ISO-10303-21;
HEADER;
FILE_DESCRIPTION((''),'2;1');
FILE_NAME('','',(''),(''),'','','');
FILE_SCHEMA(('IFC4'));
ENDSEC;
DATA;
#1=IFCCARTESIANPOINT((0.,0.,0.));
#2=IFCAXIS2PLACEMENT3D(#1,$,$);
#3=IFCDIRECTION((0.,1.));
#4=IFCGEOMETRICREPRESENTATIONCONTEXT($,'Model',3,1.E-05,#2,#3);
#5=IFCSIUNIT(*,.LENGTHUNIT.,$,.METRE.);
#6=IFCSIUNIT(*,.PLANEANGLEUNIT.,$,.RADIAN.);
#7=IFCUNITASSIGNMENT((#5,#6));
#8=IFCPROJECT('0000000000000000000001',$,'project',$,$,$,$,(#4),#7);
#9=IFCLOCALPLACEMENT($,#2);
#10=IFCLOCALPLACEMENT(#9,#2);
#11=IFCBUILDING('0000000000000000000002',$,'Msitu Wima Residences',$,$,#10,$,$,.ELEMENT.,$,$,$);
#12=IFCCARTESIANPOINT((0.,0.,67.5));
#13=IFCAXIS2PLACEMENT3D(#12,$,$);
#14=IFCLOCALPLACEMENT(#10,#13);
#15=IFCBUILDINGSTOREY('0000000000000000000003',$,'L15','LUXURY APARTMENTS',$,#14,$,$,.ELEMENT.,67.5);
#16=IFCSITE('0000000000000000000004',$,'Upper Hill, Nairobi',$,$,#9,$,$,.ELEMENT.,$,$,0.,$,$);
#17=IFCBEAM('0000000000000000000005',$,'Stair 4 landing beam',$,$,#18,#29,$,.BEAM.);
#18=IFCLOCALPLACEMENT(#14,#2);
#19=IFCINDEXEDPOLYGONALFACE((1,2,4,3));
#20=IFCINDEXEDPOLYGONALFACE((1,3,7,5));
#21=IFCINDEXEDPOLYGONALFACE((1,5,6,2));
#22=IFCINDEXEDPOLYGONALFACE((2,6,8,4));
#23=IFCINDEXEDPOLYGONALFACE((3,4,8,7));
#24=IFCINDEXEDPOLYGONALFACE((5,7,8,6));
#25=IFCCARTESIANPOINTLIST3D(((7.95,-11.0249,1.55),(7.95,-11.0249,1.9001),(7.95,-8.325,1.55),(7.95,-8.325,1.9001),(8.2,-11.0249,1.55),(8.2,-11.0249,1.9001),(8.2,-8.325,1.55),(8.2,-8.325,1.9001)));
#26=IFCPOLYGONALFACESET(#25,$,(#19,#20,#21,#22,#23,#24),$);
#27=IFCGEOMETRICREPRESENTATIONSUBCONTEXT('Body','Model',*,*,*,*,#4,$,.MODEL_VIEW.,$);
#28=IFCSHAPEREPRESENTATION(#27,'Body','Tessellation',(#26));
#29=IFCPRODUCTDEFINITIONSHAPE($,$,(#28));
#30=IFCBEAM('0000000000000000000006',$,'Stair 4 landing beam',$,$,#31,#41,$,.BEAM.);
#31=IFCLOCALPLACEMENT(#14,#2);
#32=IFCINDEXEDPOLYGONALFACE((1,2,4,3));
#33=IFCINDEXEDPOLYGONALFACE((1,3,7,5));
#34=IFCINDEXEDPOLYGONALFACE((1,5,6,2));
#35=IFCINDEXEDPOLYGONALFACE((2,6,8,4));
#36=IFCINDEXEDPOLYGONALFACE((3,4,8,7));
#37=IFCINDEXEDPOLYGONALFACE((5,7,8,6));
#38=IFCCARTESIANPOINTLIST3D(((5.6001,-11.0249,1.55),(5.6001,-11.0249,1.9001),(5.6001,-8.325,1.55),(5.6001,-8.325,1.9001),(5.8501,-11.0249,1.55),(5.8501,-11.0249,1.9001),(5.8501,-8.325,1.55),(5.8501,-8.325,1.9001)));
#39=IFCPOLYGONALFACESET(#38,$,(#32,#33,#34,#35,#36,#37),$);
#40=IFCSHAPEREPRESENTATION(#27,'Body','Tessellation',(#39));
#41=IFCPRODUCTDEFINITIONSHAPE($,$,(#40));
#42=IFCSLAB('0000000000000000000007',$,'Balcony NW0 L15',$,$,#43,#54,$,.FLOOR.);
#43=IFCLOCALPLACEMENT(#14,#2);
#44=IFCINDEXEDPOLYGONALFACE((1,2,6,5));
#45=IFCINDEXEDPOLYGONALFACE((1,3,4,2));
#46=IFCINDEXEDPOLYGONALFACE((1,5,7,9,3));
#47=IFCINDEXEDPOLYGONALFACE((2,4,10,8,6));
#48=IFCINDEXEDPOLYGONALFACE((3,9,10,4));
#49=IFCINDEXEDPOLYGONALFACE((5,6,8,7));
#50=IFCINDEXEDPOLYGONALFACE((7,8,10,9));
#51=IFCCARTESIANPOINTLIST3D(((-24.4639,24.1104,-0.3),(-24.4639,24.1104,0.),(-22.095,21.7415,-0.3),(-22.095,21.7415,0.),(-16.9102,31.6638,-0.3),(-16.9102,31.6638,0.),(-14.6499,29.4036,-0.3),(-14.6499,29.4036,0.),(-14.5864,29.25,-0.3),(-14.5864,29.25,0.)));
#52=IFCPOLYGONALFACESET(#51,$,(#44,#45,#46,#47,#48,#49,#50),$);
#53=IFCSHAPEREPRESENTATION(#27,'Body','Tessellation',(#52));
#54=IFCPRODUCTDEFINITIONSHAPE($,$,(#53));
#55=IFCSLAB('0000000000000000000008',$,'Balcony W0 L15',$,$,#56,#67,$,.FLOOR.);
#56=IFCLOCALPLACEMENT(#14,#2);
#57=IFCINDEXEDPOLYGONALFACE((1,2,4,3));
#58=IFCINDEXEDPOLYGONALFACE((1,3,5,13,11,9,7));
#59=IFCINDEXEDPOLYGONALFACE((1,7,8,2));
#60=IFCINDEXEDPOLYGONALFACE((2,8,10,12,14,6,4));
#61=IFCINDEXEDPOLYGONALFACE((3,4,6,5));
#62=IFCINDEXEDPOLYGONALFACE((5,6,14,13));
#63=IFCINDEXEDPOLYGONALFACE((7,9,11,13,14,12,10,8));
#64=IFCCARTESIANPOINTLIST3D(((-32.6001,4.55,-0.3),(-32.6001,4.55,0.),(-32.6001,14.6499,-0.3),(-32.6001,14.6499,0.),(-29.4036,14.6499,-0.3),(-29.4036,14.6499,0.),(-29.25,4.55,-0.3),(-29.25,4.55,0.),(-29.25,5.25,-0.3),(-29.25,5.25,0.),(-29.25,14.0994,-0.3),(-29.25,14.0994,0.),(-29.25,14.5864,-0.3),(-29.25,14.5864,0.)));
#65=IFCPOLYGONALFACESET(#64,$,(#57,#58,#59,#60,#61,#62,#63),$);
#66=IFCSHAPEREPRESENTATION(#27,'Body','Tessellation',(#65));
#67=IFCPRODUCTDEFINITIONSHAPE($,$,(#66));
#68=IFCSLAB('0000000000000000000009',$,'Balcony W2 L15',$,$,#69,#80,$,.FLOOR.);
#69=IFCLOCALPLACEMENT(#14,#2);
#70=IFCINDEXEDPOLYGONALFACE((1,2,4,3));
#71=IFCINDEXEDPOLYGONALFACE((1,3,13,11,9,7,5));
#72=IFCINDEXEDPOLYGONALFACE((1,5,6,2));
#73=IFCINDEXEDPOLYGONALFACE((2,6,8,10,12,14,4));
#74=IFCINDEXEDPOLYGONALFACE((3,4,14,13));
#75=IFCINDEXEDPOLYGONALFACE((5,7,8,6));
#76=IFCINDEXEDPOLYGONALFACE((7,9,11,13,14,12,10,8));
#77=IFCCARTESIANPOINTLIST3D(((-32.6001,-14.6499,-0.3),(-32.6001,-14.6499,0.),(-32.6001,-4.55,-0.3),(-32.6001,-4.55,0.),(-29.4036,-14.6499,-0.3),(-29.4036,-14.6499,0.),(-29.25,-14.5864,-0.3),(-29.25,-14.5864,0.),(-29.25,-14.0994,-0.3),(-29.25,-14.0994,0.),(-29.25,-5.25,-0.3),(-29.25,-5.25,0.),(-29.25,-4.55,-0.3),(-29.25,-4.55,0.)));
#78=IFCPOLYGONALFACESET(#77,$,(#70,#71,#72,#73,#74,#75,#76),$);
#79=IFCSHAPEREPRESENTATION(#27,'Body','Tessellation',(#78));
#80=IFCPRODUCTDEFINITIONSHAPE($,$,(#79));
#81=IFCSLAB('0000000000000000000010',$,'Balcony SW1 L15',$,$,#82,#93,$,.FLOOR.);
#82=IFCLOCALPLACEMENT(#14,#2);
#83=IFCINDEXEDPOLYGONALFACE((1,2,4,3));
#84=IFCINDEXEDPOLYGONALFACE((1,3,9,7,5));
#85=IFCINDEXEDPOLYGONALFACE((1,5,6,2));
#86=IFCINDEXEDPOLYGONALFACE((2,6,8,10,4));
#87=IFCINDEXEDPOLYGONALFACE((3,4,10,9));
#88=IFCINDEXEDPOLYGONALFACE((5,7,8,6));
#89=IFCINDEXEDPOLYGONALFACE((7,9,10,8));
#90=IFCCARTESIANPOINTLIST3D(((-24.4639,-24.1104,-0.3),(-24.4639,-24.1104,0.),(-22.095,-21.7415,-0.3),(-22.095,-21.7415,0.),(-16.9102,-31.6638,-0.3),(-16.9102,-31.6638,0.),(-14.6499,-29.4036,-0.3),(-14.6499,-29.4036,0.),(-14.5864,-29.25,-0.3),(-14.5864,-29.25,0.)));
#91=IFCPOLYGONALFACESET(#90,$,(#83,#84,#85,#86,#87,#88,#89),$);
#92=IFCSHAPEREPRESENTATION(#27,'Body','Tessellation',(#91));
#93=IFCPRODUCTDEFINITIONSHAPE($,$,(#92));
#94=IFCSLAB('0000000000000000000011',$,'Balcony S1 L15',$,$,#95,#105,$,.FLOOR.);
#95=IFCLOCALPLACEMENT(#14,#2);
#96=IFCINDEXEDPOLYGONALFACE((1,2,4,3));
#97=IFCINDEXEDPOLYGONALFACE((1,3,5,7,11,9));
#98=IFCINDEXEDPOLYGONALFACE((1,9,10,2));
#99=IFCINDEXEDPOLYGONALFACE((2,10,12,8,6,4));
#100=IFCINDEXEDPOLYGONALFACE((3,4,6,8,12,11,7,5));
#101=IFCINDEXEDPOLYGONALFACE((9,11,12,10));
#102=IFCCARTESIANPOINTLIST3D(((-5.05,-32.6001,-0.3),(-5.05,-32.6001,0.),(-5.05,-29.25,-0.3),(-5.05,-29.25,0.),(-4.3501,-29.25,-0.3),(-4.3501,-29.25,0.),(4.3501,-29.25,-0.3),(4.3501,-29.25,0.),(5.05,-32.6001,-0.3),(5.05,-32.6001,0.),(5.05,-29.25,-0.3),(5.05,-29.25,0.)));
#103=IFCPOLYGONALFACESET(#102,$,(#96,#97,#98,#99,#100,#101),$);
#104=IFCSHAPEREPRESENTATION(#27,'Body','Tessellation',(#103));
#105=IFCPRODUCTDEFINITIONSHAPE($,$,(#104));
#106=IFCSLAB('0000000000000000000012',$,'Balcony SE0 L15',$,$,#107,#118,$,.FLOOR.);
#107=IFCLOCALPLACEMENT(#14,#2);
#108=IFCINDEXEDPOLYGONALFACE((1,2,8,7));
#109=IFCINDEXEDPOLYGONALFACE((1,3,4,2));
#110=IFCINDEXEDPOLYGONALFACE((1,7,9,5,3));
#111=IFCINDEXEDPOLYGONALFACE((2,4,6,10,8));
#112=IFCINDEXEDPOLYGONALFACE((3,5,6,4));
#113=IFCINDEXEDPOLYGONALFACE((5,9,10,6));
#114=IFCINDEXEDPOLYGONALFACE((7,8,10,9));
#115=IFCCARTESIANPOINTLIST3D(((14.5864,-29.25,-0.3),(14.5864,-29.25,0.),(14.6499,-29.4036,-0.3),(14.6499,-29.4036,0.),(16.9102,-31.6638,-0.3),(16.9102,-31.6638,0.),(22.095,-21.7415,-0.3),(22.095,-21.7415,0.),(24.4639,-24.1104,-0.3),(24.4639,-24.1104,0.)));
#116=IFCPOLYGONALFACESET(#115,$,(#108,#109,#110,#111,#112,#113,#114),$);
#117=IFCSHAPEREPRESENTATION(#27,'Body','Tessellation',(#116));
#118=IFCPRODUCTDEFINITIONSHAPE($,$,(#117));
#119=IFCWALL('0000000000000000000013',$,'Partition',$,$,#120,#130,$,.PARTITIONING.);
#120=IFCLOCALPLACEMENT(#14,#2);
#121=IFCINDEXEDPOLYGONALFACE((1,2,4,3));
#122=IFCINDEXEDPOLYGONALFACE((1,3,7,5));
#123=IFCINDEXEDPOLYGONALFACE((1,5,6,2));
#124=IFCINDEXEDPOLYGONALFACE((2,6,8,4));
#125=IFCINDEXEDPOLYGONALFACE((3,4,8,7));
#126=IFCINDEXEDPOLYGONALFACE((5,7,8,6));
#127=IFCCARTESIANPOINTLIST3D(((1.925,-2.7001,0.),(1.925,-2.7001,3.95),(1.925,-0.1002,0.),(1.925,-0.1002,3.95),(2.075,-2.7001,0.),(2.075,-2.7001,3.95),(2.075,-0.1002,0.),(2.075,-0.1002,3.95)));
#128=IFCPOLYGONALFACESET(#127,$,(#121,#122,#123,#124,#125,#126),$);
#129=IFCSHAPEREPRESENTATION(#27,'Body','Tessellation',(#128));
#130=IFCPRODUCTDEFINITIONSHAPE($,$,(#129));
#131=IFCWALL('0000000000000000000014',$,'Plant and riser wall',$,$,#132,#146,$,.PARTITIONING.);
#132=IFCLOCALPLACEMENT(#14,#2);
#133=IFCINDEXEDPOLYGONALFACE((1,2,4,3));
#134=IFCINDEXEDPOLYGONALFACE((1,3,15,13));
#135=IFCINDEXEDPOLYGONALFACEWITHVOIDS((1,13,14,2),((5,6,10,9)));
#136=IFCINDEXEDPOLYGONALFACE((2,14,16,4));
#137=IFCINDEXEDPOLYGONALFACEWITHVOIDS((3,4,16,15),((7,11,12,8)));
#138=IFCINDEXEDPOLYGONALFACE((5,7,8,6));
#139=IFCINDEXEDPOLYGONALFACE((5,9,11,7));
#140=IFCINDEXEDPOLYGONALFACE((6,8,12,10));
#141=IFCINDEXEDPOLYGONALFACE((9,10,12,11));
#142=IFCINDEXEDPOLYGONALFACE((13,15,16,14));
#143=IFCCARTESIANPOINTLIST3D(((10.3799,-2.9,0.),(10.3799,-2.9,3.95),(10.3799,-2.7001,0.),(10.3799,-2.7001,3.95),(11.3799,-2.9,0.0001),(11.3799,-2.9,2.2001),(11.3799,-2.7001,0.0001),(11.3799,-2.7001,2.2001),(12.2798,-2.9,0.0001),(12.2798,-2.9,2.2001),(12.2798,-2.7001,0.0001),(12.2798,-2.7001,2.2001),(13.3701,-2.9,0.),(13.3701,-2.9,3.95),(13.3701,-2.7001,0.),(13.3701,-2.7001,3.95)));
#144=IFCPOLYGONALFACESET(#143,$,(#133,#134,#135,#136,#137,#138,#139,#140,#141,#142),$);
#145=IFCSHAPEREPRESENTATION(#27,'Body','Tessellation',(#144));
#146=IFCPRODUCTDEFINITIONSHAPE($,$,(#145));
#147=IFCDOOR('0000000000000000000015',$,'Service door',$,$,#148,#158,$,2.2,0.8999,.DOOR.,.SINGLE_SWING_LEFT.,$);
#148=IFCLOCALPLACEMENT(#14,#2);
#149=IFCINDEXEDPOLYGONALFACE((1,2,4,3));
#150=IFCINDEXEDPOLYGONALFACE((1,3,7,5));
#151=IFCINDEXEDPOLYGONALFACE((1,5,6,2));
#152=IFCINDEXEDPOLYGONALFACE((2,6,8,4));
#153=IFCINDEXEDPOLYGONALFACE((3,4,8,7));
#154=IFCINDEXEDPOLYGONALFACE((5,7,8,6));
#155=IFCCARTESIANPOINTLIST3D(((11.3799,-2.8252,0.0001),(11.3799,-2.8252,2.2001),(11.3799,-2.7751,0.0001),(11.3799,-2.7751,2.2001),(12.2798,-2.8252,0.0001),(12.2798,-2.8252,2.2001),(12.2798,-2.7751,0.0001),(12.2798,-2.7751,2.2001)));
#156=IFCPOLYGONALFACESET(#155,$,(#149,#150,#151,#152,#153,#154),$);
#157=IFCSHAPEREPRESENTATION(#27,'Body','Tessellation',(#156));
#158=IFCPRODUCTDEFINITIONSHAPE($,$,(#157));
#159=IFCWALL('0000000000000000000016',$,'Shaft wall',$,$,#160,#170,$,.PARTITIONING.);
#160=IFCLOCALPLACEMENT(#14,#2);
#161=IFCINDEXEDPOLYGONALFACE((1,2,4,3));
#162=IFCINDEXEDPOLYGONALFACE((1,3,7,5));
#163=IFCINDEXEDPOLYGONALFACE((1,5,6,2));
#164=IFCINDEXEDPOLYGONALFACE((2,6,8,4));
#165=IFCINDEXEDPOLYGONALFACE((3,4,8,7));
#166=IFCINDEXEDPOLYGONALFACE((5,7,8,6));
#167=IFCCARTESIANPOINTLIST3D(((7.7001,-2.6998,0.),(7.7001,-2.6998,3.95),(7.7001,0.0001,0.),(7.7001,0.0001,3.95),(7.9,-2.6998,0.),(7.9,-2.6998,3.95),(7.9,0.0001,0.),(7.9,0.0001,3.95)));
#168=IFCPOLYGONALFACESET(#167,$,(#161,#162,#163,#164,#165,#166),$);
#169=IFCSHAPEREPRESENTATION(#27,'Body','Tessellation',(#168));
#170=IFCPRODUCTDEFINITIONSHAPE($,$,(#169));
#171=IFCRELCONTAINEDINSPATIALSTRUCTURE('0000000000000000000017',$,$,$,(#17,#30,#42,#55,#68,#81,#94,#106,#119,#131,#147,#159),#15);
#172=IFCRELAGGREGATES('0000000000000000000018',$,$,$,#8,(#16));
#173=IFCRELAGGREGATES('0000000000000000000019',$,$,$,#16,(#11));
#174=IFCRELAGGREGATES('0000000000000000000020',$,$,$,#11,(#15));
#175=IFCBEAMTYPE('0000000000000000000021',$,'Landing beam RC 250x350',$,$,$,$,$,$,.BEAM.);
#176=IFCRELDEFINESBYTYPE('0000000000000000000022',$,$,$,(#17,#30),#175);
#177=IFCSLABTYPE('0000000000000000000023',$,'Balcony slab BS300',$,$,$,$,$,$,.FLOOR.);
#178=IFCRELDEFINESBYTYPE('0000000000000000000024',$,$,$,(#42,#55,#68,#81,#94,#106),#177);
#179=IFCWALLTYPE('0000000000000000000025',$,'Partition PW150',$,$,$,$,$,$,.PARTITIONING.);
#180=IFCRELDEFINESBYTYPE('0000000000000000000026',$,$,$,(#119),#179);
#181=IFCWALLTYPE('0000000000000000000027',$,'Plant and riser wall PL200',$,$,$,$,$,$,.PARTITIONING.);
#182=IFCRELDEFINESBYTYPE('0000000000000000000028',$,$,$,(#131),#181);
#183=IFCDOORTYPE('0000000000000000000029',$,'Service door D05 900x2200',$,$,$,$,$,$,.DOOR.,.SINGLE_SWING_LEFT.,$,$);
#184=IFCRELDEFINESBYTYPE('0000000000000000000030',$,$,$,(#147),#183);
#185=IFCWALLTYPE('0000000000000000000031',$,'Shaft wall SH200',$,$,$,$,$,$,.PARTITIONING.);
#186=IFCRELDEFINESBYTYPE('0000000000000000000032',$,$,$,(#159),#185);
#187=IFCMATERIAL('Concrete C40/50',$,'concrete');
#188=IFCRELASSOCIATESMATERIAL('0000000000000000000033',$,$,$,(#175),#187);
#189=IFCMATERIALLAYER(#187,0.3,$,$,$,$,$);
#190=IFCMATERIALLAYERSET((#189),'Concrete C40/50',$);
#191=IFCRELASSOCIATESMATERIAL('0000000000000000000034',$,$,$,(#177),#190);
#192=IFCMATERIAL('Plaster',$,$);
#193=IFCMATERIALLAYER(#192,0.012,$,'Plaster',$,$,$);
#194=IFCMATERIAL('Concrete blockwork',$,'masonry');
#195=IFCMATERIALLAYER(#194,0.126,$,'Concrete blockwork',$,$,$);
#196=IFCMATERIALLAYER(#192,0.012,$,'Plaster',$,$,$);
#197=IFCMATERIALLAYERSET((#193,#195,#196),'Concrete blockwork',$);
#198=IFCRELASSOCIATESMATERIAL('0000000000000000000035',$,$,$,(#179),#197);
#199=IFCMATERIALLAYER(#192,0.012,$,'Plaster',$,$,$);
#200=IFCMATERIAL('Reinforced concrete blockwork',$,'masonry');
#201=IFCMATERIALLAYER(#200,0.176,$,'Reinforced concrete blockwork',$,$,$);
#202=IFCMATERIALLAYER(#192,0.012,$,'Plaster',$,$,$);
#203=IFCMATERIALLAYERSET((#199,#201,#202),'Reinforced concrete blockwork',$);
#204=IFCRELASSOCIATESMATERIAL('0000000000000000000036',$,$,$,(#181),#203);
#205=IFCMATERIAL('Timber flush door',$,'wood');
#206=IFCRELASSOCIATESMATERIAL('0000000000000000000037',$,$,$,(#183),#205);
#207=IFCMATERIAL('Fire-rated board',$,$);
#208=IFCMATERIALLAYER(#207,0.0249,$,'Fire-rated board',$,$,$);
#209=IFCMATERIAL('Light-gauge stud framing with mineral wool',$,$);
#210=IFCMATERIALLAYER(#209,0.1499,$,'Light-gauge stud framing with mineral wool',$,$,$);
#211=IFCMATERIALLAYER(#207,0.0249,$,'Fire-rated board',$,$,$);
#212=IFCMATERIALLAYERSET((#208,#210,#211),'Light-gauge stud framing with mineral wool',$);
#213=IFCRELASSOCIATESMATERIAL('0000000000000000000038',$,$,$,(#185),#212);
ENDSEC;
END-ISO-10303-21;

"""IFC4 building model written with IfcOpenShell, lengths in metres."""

from ifc_helpers import new_model, si_unit, direction, frame, frame_2d, origin, origin_2d, place, context, subcontext, project, spatial, polyline, rectangle, outline, extrude, material, layer, layer_set, material_profile, profile_set, type_object, element, fill, save


model = new_model("IFC4")

# Units and contexts
model_context = context("Model", 3, precision=1e-05, world=origin(), true_north=direction((0.0, 1.0)))
body_context = subcontext(model_context, "Body", "Model", "MODEL_VIEW")
ifc_project = project(units=[si_unit("LENGTHUNIT", "METRE"), si_unit("PLANEANGLEUNIT", "RADIAN")], contexts=[model_context])

# Site, building, storey
site_placement = place(None, origin())
site = spatial("IfcSite", under=ifc_project, at=site_placement, Name="Upper Hill, Nairobi", CompositionType="ELEMENT", RefElevation=0.0)
building_placement = place(site_placement, origin())
building = spatial("IfcBuilding", under=site, at=building_placement, Name="Msitu Wima Residences", CompositionType="ELEMENT")
storey_placement = place(building_placement, frame((0.0, 0.0, 67.5)))
storey = spatial("IfcBuildingStorey", under=building, at=storey_placement, Name="L15", Description="LUXURY APARTMENTS", CompositionType="ELEMENT", Elevation=67.5)

# Beams
ifc_material_1 = material(Name="Concrete C40/50", Category="concrete")
ifc_material_profile = material_profile(ifc_material_1, rectangle(XDim=0.25, YDim=0.3501, at=origin_2d()), Name="RC 250x350")
ifc_profile_set = profile_set([ifc_material_profile], Name="Concrete C40/50")
beam_type = type_object("IfcBeamType", Name="Landing beam RC 250x350", PredefinedType="BEAM", material=ifc_profile_set)
for number, where, z_axis, x_axis, name in (
    (1, (8.075, -11.0249, 1.7251), (0.0, 1.0, 0.0), (-1.0, 0.0, 0.0), "Stair 4 landing beam"),
    (2, (5.7251, -11.0249, 1.7251), (0.0, 1.0, 0.0), (-1.0, 0.0, 0.0), "Stair 4 landing beam"),
):
    element("IfcBeam", number, at=place(storey_placement, frame(where, z_axis=z_axis, x_axis=x_axis)), inside=storey, type_object=beam_type, Name=name, PredefinedType="BEAM", context=body_context, shape_type="SweptSolid", body=[
        extrude(rectangle(XDim=0.25, YDim=0.3501, at=origin_2d()), origin(), (0.0, 0.0, 1.0), 2.7),
    ])

# Slabs
ifc_layer_1 = layer(ifc_material_1, 0.3)
ifc_layer_set_1 = layer_set([ifc_layer_1], Name="Concrete C40/50")
slab_type = type_object("IfcSlabType", Name="Balcony slab BS300", PredefinedType="FLOOR", material=ifc_layer_set_1)
slab_1_placement = place(storey_placement, frame((0.0, 0.0, -0.3)))
element("IfcSlab", 3, at=slab_1_placement, inside=storey, type_object=slab_type, Name="Balcony NW0 L15", PredefinedType="FLOOR", context=body_context, shape_type="SweptSolid", body=[
    extrude(outline(polyline([(-24.4639, 24.1104), (-16.9102, 31.6638), (-14.6499, 29.4036), (-14.5864, 29.25), (-22.095, 21.7415), (-24.4639, 24.1104)])), origin(), (0.0, 0.0, 1.0), 0.3),
])
slab_2_placement = place(storey_placement, frame((0.0, 0.0, -0.3)))
element("IfcSlab", 4, at=slab_2_placement, inside=storey, type_object=slab_type, Name="Balcony W0 L15", PredefinedType="FLOOR", context=body_context, shape_type="SweptSolid", body=[
    extrude(outline(polyline([(-29.25, 14.0994), (-29.25, 14.0994), (-29.25, 5.25), (-29.25, 4.55), (-32.6001, 4.55), (-32.6001, 14.6499), (-29.4036, 14.6499), (-29.25, 14.5864), (-29.25, 14.0994), (-29.25, 14.0994)])), origin(), (0.0, 0.0, 1.0), 0.3),
])
slab_3_placement = place(storey_placement, frame((0.0, 0.0, -0.3)))
element("IfcSlab", 5, at=slab_3_placement, inside=storey, type_object=slab_type, Name="Balcony W2 L15", PredefinedType="FLOOR", context=body_context, shape_type="SweptSolid", body=[
    extrude(outline(polyline([(-29.25, -14.0994), (-29.25, -14.0994), (-29.25, -14.0994), (-29.25, -14.5864), (-29.4036, -14.6499), (-32.6001, -14.6499), (-32.6001, -4.55), (-29.25, -4.55), (-29.25, -5.25), (-29.25, -14.0994)])), origin(), (0.0, 0.0, 1.0), 0.3),
])
slab_4_placement = place(storey_placement, frame((0.0, 0.0, -0.3)))
element("IfcSlab", 6, at=slab_4_placement, inside=storey, type_object=slab_type, Name="Balcony SW1 L15", PredefinedType="FLOOR", context=body_context, shape_type="SweptSolid", body=[
    extrude(outline(polyline([(-16.9102, -31.6638), (-24.4639, -24.1104), (-22.095, -21.7415), (-14.5864, -29.25), (-14.6499, -29.4036), (-16.9102, -31.6638)])), origin(), (0.0, 0.0, 1.0), 0.3),
])
slab_5_placement = place(storey_placement, frame((0.0, 0.0, -0.3)))
element("IfcSlab", 7, at=slab_5_placement, inside=storey, type_object=slab_type, Name="Balcony S1 L15", PredefinedType="FLOOR", context=body_context, shape_type="SweptSolid", body=[
    extrude(outline(polyline([(-4.3501, -29.25), (4.3501, -29.25), (5.05, -29.25), (5.05, -32.6001), (-5.05, -32.6001), (-5.05, -29.25), (-4.3501, -29.25)])), origin(), (0.0, 0.0, 1.0), 0.3),
])
slab_6_placement = place(storey_placement, frame((0.0, 0.0, -0.3)))
element("IfcSlab", 8, at=slab_6_placement, inside=storey, type_object=slab_type, Name="Balcony SE0 L15", PredefinedType="FLOOR", context=body_context, shape_type="SweptSolid", body=[
    extrude(outline(polyline([(24.4639, -24.1104), (16.9102, -31.6638), (14.6499, -29.4036), (14.5864, -29.25), (22.095, -21.7415), (24.4639, -24.1104)])), origin(), (0.0, 0.0, 1.0), 0.3),
])

# Wall
ifc_material_2 = material(Name="Plaster")
ifc_layer_2 = layer(ifc_material_2, 0.012, Name="Plaster")
ifc_material_3 = material(Name="Concrete blockwork", Category="masonry")
ifc_layer_3 = layer(ifc_material_3, 0.126, Name="Concrete blockwork")
ifc_layer_4 = layer(ifc_material_2, 0.012, Name="Plaster")
ifc_layer_set_2 = layer_set([ifc_layer_2, ifc_layer_3, ifc_layer_4], Name="Concrete blockwork")
wall_type_1 = type_object("IfcWallType", Name="Partition PW150", PredefinedType="PARTITIONING", material=ifc_layer_set_2)
wall_1_placement = place(storey_placement, frame((2.0, -2.7, 0.0), z_axis=(0.0, 0.0, 1.0), x_axis=(0.0, 1.0, 0.0)))
element("IfcWall", 9, at=wall_1_placement, inside=storey, type_object=wall_type_1, Name="Partition", PredefinedType="PARTITIONING", context=body_context, shape_type="SweptSolid", body=[
    extrude(rectangle(XDim=2.5999, YDim=0.1499, at=frame_2d((1.2998, 0.0))), origin(), (0.0, 0.0, 1.0), 3.95),
])

# Wall, opening, door
ifc_layer_5 = layer(ifc_material_2, 0.012, Name="Plaster")
ifc_material_4 = material(Name="Reinforced concrete blockwork", Category="masonry")
ifc_layer_6 = layer(ifc_material_4, 0.176, Name="Reinforced concrete blockwork")
ifc_layer_7 = layer(ifc_material_2, 0.012, Name="Plaster")
ifc_layer_set_3 = layer_set([ifc_layer_5, ifc_layer_6, ifc_layer_7], Name="Reinforced concrete blockwork")
wall_type_2 = type_object("IfcWallType", Name="Plant and riser wall PL200", PredefinedType="PARTITIONING", material=ifc_layer_set_3)
wall_2_placement = place(storey_placement, frame((10.3799, -2.8, 0.0), z_axis=(0.0, 0.0, 1.0), x_axis=(1.0, 0.0, 0.0)))
wall_2 = element("IfcWall", 10, at=wall_2_placement, inside=storey, type_object=wall_type_2, Name="Plant and riser wall", PredefinedType="PARTITIONING", context=body_context, shape_type="SweptSolid", body=[
    extrude(rectangle(XDim=2.9902, YDim=0.2, at=frame_2d((1.4951, 0.0))), origin(), (0.0, 0.0, 1.0), 3.95),
])
opening_placement = place(wall_2_placement, frame((1.0, 0.0, 0.0)))
opening = element("IfcOpeningElement", 11, at=opening_placement, cuts=wall_2, PredefinedType="OPENING", context=body_context, shape_type="SweptSolid", body=[
    extrude(rectangle(XDim=0.8999, YDim=2.2, at=frame_2d((0.45, 1.1001))), frame((0.0, 0.1099, 0.0), z_axis=(0.0, -1.0, 0.0), x_axis=(1.0, 0.0, 0.0)), (0.0, 0.0, 1.0), 0.22),
])
ifc_material_5 = material(Name="Timber flush door", Category="wood")
door_type = type_object("IfcDoorType", Name="Service door D05 900x2200", OperationType="SINGLE_SWING_LEFT", PredefinedType="DOOR", material=ifc_material_5)
door_placement = place(opening_placement, origin())
door = element("IfcDoor", 12, at=door_placement, inside=storey, type_object=door_type, Name="Service door", OperationType="SINGLE_SWING_LEFT", OverallHeight=2.2, OverallWidth=0.8999, PredefinedType="DOOR", context=body_context, shape_type="SweptSolid", body=[
    extrude(rectangle(XDim=0.8999, YDim=2.2, at=frame_2d((0.45, 1.1001))), frame((0.0, 0.0249, 0.0), z_axis=(0.0, -1.0, 0.0), x_axis=(1.0, 0.0, 0.0)), (0.0, 0.0, 1.0), 0.05),
])
fill(opening, door)

# Wall
ifc_material_6 = material(Name="Fire-rated board")
ifc_layer_8 = layer(ifc_material_6, 0.0249, Name="Fire-rated board")
ifc_material_7 = material(Name="Light-gauge stud framing with mineral wool")
ifc_layer_9 = layer(ifc_material_7, 0.1499, Name="Light-gauge stud framing with mineral wool")
ifc_layer_10 = layer(ifc_material_6, 0.0249, Name="Fire-rated board")
ifc_layer_set_4 = layer_set([ifc_layer_8, ifc_layer_9, ifc_layer_10], Name="Light-gauge stud framing with mineral wool")
wall_type_3 = type_object("IfcWallType", Name="Shaft wall SH200", PredefinedType="PARTITIONING", material=ifc_layer_set_4)
wall_3_placement = place(storey_placement, frame((7.8, -2.7, 0.0), z_axis=(0.0, 0.0, 1.0), x_axis=(0.0, 1.0, 0.0)))
element("IfcWall", 13, at=wall_3_placement, inside=storey, type_object=wall_type_3, Name="Shaft wall", PredefinedType="PARTITIONING", context=body_context, shape_type="SweptSolid", body=[
    extrude(rectangle(XDim=2.7, YDim=0.2, at=frame_2d((1.3501, 0.0))), origin(), (0.0, 0.0, 1.0), 3.95),
])

save(model, "model.ifc")
